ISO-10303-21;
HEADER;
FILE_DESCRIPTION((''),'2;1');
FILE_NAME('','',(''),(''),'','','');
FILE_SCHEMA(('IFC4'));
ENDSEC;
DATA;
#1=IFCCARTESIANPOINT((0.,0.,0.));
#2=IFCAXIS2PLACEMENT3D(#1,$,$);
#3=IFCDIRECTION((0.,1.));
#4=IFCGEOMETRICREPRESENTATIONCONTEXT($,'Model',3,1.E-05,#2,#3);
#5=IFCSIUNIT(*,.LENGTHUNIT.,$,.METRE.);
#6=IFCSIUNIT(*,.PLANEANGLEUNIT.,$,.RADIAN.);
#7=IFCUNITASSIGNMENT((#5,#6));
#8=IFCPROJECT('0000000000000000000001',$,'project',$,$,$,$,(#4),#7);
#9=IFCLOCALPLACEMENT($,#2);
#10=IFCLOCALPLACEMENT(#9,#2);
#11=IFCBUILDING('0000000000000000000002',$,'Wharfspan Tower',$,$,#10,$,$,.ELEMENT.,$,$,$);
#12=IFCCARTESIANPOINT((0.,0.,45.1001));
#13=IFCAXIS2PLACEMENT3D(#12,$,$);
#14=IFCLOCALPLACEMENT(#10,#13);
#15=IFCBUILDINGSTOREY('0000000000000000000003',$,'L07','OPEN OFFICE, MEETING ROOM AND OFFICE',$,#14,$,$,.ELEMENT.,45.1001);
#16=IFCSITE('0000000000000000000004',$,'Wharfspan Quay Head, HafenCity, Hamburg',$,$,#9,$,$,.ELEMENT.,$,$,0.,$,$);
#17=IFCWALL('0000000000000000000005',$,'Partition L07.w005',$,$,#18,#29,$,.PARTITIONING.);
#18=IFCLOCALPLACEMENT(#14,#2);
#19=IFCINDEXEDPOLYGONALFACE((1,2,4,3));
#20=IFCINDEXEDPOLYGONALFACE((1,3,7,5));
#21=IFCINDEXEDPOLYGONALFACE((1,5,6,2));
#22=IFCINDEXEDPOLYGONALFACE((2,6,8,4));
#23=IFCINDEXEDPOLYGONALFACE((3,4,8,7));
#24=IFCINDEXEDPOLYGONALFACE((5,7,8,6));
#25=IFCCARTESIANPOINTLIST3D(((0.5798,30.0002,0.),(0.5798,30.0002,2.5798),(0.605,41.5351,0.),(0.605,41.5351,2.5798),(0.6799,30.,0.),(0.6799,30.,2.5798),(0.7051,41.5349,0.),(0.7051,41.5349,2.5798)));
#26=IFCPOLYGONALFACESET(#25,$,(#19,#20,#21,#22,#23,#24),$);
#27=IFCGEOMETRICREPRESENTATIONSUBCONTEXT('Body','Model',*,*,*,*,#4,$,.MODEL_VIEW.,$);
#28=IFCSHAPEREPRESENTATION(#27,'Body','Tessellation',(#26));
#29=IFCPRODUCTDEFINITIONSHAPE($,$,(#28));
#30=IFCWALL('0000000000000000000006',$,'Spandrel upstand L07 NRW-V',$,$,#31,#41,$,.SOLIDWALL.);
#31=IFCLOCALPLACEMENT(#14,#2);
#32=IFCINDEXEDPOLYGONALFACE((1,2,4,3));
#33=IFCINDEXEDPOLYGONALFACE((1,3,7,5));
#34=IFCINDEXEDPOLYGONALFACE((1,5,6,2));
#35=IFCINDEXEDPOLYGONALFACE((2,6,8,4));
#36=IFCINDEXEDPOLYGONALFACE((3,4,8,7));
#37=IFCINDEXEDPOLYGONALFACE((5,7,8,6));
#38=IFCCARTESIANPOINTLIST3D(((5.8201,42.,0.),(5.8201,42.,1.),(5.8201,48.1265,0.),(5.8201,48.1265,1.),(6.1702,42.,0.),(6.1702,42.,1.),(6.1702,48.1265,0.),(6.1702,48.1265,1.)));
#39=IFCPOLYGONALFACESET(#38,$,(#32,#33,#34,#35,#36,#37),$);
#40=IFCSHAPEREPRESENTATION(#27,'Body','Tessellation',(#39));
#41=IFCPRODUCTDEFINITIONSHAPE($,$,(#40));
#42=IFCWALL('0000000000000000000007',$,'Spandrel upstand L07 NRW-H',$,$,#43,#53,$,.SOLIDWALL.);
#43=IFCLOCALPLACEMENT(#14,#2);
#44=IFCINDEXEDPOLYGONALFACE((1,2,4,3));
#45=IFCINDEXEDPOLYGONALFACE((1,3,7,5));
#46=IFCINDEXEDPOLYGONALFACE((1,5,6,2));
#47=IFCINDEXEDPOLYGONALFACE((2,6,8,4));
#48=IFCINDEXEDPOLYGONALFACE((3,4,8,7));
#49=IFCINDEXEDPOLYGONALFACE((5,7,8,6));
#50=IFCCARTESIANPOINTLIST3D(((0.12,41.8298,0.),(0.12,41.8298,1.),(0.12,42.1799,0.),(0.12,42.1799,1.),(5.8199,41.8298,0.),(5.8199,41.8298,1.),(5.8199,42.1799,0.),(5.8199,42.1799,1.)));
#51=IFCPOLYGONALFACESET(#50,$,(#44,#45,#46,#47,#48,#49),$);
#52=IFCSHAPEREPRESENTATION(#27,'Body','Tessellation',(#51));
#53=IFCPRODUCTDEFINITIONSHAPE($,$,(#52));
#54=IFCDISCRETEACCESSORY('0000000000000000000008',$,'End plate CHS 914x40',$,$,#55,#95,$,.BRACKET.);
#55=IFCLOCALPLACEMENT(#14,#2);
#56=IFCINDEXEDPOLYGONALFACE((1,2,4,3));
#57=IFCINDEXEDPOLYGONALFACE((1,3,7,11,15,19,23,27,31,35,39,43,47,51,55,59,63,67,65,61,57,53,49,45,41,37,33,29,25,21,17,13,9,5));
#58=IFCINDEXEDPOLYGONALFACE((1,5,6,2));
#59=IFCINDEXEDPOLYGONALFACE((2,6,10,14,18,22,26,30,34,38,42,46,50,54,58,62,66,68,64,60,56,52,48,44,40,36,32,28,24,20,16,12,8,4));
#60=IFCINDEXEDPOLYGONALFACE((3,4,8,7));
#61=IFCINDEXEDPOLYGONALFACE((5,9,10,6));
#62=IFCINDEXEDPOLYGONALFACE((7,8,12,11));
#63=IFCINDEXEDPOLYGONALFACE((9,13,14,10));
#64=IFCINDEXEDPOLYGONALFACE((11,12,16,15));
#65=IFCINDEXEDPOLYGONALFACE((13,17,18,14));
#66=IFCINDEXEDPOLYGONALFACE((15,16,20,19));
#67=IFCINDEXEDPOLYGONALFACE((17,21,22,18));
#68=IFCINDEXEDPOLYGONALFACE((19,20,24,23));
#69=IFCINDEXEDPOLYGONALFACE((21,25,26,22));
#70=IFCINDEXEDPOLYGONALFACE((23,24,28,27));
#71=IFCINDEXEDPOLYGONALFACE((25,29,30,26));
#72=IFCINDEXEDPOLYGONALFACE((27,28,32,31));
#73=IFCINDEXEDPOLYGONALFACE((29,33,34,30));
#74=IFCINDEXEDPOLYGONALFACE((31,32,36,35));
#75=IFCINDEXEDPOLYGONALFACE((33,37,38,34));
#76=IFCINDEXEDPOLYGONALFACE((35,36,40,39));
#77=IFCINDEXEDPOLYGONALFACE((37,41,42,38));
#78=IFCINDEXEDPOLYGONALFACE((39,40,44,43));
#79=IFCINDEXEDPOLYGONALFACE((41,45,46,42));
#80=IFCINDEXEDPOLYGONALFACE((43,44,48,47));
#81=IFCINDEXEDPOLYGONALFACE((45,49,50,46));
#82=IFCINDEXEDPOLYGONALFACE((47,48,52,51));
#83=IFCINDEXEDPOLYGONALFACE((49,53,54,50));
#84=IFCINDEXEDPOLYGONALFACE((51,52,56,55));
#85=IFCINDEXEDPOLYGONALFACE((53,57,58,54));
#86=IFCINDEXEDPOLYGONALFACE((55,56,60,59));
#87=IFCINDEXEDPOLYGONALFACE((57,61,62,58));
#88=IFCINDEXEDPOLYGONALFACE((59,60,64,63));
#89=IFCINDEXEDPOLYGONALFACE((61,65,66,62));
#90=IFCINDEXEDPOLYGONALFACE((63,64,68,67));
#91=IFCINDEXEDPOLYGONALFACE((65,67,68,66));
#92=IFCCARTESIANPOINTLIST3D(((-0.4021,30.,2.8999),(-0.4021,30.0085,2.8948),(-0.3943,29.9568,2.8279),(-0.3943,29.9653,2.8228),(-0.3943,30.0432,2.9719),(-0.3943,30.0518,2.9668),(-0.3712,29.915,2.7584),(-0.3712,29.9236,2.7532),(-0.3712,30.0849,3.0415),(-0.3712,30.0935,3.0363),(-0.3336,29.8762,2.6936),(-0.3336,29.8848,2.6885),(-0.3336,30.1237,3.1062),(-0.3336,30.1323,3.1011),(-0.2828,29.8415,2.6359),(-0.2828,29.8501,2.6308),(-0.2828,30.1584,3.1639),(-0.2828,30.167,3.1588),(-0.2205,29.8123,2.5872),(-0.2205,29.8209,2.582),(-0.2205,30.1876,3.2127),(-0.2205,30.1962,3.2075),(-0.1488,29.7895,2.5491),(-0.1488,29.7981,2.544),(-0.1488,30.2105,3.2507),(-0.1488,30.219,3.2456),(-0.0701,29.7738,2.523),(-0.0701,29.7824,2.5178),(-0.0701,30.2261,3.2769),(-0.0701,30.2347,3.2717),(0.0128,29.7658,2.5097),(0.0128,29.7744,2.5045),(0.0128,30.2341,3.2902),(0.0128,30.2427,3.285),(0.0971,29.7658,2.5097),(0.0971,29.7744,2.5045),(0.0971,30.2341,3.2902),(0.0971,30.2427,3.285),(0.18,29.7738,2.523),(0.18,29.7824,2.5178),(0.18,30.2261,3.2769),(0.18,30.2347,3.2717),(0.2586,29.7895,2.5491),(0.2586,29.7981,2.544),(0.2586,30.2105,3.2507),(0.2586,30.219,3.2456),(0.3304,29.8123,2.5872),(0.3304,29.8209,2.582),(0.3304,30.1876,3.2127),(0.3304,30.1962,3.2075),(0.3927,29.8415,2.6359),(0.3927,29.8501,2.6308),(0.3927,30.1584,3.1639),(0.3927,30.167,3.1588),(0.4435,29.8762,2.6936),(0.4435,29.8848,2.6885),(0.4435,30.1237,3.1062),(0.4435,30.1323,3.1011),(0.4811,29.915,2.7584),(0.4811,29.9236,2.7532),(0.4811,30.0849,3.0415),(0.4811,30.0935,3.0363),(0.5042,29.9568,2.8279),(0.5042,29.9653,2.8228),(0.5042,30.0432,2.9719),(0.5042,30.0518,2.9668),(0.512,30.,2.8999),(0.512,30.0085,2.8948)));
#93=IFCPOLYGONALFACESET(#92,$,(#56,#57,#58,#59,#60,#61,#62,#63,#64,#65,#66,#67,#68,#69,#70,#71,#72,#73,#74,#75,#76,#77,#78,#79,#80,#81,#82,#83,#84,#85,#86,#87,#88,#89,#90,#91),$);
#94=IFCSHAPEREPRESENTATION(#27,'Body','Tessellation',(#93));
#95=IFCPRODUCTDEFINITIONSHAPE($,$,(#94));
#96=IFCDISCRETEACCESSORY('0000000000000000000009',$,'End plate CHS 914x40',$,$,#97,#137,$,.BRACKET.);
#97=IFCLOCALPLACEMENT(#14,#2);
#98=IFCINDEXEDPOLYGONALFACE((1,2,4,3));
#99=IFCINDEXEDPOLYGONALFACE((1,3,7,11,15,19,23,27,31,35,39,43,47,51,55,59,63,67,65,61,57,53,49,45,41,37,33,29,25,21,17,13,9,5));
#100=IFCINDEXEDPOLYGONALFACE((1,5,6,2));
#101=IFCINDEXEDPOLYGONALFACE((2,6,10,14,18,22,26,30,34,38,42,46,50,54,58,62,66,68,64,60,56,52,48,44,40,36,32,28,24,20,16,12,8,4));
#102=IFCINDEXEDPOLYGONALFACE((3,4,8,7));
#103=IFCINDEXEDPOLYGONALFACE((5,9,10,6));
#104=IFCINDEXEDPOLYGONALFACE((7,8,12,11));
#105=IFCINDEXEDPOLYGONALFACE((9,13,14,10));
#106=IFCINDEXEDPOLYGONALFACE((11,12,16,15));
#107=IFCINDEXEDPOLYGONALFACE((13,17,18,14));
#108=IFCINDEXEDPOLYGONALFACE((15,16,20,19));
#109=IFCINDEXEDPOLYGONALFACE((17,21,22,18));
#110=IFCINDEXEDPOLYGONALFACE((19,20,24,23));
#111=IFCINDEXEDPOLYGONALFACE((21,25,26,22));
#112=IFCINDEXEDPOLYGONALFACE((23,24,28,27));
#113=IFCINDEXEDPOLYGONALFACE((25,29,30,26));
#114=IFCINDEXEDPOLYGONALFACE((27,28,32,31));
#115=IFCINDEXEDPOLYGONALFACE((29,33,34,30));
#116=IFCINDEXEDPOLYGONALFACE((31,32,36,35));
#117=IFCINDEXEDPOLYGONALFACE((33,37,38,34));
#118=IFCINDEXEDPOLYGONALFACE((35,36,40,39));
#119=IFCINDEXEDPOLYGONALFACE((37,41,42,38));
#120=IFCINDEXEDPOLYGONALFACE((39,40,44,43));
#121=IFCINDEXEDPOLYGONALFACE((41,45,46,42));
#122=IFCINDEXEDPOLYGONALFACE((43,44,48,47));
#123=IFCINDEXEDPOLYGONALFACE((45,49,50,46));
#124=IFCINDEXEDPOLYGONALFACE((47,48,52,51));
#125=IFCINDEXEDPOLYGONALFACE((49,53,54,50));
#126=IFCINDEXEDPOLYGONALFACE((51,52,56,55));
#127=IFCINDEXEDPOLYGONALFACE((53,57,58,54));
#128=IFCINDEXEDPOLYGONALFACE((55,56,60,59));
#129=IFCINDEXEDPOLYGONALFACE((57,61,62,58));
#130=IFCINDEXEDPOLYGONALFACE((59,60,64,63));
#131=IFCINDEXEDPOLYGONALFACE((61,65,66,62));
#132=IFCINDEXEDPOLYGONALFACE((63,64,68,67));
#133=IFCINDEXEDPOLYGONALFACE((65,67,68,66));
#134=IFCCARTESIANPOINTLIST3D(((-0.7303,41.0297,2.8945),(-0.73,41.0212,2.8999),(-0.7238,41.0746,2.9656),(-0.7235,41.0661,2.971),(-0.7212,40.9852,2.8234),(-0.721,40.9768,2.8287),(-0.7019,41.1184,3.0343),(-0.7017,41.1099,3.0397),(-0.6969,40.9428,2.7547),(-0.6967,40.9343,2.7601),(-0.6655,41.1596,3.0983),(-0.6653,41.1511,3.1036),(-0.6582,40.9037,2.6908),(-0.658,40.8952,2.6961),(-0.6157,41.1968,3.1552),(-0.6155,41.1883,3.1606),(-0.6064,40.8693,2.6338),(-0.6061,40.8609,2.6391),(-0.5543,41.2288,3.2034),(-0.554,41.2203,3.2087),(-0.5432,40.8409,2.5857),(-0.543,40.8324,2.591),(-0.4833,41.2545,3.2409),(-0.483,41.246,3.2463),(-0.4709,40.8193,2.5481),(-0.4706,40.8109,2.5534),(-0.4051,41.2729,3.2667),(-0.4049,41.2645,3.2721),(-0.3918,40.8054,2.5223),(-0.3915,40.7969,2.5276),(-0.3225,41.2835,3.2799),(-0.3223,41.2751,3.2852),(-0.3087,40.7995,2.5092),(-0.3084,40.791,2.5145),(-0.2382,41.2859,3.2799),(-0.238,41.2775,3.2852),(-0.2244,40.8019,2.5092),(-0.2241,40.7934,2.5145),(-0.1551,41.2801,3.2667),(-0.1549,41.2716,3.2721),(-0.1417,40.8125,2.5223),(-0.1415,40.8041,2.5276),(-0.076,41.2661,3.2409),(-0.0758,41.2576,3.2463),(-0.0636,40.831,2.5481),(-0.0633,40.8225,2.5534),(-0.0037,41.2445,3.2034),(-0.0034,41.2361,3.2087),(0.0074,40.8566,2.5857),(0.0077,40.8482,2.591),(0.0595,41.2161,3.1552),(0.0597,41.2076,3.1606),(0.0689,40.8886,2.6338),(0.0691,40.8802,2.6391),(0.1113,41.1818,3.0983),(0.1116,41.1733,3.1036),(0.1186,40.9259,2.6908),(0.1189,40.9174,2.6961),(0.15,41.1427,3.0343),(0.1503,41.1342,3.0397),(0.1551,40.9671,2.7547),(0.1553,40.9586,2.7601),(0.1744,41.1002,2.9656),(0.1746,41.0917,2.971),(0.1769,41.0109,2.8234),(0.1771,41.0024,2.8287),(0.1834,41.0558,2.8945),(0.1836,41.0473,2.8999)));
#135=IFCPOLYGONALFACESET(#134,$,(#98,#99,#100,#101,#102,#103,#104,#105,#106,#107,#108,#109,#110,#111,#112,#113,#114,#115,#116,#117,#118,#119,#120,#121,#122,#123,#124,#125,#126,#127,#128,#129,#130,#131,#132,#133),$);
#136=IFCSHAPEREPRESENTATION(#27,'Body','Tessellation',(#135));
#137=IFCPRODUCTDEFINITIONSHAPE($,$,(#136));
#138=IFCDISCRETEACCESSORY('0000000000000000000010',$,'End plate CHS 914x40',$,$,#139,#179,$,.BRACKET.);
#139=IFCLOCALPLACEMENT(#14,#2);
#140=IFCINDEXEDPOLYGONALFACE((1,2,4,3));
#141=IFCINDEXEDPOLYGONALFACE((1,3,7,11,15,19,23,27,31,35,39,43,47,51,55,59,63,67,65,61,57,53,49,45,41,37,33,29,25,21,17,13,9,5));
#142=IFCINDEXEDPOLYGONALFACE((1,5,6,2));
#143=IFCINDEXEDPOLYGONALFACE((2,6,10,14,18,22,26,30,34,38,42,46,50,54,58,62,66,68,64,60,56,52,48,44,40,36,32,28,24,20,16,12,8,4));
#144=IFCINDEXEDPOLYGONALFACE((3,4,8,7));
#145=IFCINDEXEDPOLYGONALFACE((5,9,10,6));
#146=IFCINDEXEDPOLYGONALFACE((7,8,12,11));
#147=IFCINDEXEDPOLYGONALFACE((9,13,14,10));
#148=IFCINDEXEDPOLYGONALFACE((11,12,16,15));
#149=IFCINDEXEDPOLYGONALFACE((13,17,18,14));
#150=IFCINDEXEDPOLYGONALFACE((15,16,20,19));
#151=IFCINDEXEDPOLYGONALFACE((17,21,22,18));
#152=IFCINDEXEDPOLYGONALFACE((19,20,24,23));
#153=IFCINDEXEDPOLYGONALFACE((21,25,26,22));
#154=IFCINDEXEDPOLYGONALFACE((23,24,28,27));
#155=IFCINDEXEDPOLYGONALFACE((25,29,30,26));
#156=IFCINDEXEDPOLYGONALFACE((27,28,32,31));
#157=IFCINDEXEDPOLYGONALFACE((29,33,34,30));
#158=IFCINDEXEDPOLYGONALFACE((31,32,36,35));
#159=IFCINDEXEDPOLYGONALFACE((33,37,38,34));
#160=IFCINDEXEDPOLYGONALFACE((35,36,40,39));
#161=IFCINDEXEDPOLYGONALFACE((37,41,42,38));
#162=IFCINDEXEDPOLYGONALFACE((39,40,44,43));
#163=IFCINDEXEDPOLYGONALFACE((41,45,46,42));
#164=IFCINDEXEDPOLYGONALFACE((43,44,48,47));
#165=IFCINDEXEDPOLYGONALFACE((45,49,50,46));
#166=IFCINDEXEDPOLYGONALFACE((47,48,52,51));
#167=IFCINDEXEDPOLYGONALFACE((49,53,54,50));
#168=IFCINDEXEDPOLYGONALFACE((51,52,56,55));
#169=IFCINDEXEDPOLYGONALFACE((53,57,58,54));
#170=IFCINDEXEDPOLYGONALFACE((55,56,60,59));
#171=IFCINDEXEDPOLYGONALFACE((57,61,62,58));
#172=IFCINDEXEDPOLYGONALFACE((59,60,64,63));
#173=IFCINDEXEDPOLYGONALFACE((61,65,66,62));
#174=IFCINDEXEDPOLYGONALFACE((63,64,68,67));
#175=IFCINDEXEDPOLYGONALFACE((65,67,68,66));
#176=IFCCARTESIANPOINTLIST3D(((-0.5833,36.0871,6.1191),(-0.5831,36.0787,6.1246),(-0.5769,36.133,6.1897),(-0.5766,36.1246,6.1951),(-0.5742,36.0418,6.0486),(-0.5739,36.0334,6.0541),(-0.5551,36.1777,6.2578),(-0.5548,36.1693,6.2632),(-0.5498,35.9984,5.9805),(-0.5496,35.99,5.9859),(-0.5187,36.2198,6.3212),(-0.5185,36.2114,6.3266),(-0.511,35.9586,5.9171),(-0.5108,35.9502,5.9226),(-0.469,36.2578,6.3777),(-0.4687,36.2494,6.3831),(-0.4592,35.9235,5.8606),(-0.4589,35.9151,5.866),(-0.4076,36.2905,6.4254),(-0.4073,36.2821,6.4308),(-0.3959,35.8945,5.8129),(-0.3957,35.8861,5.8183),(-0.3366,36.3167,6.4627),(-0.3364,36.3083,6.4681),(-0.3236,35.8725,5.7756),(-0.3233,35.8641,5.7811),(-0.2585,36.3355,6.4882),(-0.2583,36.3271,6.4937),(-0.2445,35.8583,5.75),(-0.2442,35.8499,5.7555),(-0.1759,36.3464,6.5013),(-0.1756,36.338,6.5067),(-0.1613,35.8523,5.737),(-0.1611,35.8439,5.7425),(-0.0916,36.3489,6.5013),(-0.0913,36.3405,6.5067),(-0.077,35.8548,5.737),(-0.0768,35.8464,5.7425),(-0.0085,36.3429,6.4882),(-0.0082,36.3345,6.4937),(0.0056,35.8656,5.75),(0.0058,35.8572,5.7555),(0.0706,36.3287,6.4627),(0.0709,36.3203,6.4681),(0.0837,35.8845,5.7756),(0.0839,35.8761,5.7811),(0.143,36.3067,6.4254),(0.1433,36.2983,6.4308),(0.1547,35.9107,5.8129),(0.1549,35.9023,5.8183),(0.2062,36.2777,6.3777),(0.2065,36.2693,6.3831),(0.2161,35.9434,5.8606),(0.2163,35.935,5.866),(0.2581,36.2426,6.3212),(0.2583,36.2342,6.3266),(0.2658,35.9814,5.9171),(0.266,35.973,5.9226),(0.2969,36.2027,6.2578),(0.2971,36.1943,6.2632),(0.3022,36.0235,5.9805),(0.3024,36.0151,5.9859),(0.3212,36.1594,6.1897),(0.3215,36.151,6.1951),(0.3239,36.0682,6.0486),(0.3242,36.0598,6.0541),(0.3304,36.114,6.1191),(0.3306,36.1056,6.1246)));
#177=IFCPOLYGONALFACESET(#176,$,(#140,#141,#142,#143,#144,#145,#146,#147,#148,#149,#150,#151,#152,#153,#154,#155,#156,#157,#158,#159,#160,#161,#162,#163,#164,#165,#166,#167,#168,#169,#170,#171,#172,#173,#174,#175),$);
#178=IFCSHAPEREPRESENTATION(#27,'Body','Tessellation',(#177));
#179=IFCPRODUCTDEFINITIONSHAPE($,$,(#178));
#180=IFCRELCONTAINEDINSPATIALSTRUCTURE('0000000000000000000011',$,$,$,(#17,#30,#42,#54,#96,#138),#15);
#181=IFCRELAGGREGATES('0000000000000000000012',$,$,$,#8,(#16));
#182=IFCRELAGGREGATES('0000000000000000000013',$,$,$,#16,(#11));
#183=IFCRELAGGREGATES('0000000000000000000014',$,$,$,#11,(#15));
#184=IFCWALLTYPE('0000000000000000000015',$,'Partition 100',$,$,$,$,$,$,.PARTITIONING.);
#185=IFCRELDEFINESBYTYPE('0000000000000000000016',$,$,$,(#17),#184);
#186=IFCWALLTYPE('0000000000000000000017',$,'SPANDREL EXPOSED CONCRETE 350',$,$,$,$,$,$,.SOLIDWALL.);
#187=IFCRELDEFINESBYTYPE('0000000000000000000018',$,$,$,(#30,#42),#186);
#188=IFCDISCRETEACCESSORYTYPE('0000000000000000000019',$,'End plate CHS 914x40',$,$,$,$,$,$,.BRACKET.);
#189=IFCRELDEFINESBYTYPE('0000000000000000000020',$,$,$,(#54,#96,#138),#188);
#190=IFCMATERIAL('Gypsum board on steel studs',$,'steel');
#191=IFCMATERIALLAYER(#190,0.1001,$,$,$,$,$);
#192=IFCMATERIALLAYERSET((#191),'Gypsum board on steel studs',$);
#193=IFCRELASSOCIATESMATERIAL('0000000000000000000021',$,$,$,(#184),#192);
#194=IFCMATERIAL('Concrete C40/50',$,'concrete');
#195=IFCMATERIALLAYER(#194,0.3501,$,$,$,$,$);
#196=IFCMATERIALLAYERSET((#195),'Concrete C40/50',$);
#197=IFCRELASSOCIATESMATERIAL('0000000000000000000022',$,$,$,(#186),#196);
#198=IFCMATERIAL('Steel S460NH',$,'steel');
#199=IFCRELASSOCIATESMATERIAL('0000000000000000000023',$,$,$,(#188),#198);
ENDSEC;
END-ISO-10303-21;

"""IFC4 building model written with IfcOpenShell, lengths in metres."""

from ifc_helpers import new_model, si_unit, direction, frame, frame_2d, origin, origin_2d, place, context, subcontext, project, spatial, rectangle, circle, extrude, material, layer, layer_set, material_profile, profile_set, type_object, element, save


model = new_model("IFC4")

# Units and contexts
model_context = context("Model", 3, precision=1e-05, world=origin(), true_north=direction((0.0, 1.0)))
body_context = subcontext(model_context, "Body", "Model", "MODEL_VIEW")
ifc_project = project(units=[si_unit("LENGTHUNIT", "METRE"), si_unit("PLANEANGLEUNIT", "RADIAN")], contexts=[model_context])

# Site, building, storey
site_placement = place(None, origin())
site = spatial("IfcSite", under=ifc_project, at=site_placement, Name="Wharfspan Quay Head, HafenCity, Hamburg", CompositionType="ELEMENT", RefElevation=0.0)
building_placement = place(site_placement, origin())
building = spatial("IfcBuilding", under=site, at=building_placement, Name="Wharfspan Tower", CompositionType="ELEMENT")
storey_placement = place(building_placement, frame((0.0, 0.0, 45.1001)))
storey = spatial("IfcBuildingStorey", under=building, at=storey_placement, Name="L07", Description="OPEN OFFICE, MEETING ROOM AND OFFICE", CompositionType="ELEMENT", Elevation=45.1001)

# Shared definitions
ifc_material_1 = material(Name="Steel S460NH", Category="steel")

# Walls
ifc_material_2 = material(Name="Gypsum board on steel studs", Category="steel")
ifc_layer_1 = layer(ifc_material_2, 0.1001)
ifc_layer_set_1 = layer_set([ifc_layer_1], Name="Gypsum board on steel studs")
wall_type_1 = type_object("IfcWallType", Name="Partition 100", PredefinedType="PARTITIONING", material=ifc_layer_set_1)
wall_1_placement = place(storey_placement, frame((0.6299, 30.0, 0.0), z_axis=(0.0, 0.0, 1.0), x_axis=(0.00218, 0.999994, 0.0)))
element("IfcWall", 1, at=wall_1_placement, inside=storey, type_object=wall_type_1, Name="Partition L07.w005", PredefinedType="PARTITIONING", context=body_context, shape_type="SweptSolid", body=[
    extrude(rectangle(XDim=11.5349, YDim=0.1001, at=frame_2d((5.7676, 0.0))), origin(), (0.0, 0.0, 1.0), 2.5798),
])
ifc_material_3 = material(Name="Concrete C40/50", Category="concrete")
ifc_layer_2 = layer(ifc_material_3, 0.3501)
ifc_layer_set_2 = layer_set([ifc_layer_2], Name="Concrete C40/50")
wall_type_2 = type_object("IfcWallType", Name="SPANDREL EXPOSED CONCRETE 350", PredefinedType="SOLIDWALL", material=ifc_layer_set_2)
wall_2_placement = place(storey_placement, frame((5.9951, 48.1265, 0.0), z_axis=(0.0, 0.0, 1.0), x_axis=(0.0, -1.0, 0.0)))
element("IfcWall", 2, at=wall_2_placement, inside=storey, type_object=wall_type_2, Name="Spandrel upstand L07 NRW-V", PredefinedType="SOLIDWALL", context=body_context, shape_type="SweptSolid", body=[
    extrude(rectangle(XDim=6.1265, YDim=0.3501, at=frame_2d((3.0632, 0.0))), origin(), (0.0, 0.0, 1.0), 1.0),
])
wall_3_placement = place(storey_placement, frame((5.8201, 42.0049, 0.0), z_axis=(0.0, 0.0, 1.0), x_axis=(-1.0, 0.0, 0.0)))
element("IfcWall", 3, at=wall_3_placement, inside=storey, type_object=wall_type_2, Name="Spandrel upstand L07 NRW-H", PredefinedType="SOLIDWALL", context=body_context, shape_type="SweptSolid", body=[
    extrude(rectangle(XDim=5.7, YDim=0.3501, at=frame_2d((2.8501, 0.0))), origin(), (0.0, 0.0, 1.0), 1.0),
])

# Discrete accessories
ifc_material_profile_1 = material_profile(ifc_material_1, circle(Radius=0.457, at=origin_2d()))
ifc_profile_set_1 = profile_set([ifc_material_profile_1], Name="Steel S460NH")
discrete_accessory_type = type_object("IfcDiscreteAccessoryType", Name="End plate CHS 914x40", PredefinedType="BRACKET", material=ifc_profile_set_1)
for number, where, z_axis, x_axis, name in (
    (4, (0.0549, 30.0085, 2.8948), (0.0, -0.857493, 0.514496), (1.0, 0.0, 0.0), "End plate CHS 914x40"),
    (5, (-0.2734, 41.0427, 2.8945), (0.024183, -0.846389, 0.532016), (0.999594, 0.028561, 0.000001), "End plate CHS 914x40"),
    (6, (-0.1265, 36.1006, 6.1191), (0.024686, -0.839314, 0.543086), (0.999566, 0.0294, 0.000001), "End plate CHS 914x40"),
):
    element("IfcDiscreteAccessory", number, at=place(storey_placement, frame(where, z_axis=z_axis, x_axis=x_axis)), inside=storey, type_object=discrete_accessory_type, Name=name, PredefinedType="BRACKET", context=body_context, shape_type="SweptSolid", body=[
        extrude(circle(Radius=0.457, at=origin_2d()), origin(), (0.0, 0.0, 1.0), 0.01),
    ])

save(model, "model.ifc")
